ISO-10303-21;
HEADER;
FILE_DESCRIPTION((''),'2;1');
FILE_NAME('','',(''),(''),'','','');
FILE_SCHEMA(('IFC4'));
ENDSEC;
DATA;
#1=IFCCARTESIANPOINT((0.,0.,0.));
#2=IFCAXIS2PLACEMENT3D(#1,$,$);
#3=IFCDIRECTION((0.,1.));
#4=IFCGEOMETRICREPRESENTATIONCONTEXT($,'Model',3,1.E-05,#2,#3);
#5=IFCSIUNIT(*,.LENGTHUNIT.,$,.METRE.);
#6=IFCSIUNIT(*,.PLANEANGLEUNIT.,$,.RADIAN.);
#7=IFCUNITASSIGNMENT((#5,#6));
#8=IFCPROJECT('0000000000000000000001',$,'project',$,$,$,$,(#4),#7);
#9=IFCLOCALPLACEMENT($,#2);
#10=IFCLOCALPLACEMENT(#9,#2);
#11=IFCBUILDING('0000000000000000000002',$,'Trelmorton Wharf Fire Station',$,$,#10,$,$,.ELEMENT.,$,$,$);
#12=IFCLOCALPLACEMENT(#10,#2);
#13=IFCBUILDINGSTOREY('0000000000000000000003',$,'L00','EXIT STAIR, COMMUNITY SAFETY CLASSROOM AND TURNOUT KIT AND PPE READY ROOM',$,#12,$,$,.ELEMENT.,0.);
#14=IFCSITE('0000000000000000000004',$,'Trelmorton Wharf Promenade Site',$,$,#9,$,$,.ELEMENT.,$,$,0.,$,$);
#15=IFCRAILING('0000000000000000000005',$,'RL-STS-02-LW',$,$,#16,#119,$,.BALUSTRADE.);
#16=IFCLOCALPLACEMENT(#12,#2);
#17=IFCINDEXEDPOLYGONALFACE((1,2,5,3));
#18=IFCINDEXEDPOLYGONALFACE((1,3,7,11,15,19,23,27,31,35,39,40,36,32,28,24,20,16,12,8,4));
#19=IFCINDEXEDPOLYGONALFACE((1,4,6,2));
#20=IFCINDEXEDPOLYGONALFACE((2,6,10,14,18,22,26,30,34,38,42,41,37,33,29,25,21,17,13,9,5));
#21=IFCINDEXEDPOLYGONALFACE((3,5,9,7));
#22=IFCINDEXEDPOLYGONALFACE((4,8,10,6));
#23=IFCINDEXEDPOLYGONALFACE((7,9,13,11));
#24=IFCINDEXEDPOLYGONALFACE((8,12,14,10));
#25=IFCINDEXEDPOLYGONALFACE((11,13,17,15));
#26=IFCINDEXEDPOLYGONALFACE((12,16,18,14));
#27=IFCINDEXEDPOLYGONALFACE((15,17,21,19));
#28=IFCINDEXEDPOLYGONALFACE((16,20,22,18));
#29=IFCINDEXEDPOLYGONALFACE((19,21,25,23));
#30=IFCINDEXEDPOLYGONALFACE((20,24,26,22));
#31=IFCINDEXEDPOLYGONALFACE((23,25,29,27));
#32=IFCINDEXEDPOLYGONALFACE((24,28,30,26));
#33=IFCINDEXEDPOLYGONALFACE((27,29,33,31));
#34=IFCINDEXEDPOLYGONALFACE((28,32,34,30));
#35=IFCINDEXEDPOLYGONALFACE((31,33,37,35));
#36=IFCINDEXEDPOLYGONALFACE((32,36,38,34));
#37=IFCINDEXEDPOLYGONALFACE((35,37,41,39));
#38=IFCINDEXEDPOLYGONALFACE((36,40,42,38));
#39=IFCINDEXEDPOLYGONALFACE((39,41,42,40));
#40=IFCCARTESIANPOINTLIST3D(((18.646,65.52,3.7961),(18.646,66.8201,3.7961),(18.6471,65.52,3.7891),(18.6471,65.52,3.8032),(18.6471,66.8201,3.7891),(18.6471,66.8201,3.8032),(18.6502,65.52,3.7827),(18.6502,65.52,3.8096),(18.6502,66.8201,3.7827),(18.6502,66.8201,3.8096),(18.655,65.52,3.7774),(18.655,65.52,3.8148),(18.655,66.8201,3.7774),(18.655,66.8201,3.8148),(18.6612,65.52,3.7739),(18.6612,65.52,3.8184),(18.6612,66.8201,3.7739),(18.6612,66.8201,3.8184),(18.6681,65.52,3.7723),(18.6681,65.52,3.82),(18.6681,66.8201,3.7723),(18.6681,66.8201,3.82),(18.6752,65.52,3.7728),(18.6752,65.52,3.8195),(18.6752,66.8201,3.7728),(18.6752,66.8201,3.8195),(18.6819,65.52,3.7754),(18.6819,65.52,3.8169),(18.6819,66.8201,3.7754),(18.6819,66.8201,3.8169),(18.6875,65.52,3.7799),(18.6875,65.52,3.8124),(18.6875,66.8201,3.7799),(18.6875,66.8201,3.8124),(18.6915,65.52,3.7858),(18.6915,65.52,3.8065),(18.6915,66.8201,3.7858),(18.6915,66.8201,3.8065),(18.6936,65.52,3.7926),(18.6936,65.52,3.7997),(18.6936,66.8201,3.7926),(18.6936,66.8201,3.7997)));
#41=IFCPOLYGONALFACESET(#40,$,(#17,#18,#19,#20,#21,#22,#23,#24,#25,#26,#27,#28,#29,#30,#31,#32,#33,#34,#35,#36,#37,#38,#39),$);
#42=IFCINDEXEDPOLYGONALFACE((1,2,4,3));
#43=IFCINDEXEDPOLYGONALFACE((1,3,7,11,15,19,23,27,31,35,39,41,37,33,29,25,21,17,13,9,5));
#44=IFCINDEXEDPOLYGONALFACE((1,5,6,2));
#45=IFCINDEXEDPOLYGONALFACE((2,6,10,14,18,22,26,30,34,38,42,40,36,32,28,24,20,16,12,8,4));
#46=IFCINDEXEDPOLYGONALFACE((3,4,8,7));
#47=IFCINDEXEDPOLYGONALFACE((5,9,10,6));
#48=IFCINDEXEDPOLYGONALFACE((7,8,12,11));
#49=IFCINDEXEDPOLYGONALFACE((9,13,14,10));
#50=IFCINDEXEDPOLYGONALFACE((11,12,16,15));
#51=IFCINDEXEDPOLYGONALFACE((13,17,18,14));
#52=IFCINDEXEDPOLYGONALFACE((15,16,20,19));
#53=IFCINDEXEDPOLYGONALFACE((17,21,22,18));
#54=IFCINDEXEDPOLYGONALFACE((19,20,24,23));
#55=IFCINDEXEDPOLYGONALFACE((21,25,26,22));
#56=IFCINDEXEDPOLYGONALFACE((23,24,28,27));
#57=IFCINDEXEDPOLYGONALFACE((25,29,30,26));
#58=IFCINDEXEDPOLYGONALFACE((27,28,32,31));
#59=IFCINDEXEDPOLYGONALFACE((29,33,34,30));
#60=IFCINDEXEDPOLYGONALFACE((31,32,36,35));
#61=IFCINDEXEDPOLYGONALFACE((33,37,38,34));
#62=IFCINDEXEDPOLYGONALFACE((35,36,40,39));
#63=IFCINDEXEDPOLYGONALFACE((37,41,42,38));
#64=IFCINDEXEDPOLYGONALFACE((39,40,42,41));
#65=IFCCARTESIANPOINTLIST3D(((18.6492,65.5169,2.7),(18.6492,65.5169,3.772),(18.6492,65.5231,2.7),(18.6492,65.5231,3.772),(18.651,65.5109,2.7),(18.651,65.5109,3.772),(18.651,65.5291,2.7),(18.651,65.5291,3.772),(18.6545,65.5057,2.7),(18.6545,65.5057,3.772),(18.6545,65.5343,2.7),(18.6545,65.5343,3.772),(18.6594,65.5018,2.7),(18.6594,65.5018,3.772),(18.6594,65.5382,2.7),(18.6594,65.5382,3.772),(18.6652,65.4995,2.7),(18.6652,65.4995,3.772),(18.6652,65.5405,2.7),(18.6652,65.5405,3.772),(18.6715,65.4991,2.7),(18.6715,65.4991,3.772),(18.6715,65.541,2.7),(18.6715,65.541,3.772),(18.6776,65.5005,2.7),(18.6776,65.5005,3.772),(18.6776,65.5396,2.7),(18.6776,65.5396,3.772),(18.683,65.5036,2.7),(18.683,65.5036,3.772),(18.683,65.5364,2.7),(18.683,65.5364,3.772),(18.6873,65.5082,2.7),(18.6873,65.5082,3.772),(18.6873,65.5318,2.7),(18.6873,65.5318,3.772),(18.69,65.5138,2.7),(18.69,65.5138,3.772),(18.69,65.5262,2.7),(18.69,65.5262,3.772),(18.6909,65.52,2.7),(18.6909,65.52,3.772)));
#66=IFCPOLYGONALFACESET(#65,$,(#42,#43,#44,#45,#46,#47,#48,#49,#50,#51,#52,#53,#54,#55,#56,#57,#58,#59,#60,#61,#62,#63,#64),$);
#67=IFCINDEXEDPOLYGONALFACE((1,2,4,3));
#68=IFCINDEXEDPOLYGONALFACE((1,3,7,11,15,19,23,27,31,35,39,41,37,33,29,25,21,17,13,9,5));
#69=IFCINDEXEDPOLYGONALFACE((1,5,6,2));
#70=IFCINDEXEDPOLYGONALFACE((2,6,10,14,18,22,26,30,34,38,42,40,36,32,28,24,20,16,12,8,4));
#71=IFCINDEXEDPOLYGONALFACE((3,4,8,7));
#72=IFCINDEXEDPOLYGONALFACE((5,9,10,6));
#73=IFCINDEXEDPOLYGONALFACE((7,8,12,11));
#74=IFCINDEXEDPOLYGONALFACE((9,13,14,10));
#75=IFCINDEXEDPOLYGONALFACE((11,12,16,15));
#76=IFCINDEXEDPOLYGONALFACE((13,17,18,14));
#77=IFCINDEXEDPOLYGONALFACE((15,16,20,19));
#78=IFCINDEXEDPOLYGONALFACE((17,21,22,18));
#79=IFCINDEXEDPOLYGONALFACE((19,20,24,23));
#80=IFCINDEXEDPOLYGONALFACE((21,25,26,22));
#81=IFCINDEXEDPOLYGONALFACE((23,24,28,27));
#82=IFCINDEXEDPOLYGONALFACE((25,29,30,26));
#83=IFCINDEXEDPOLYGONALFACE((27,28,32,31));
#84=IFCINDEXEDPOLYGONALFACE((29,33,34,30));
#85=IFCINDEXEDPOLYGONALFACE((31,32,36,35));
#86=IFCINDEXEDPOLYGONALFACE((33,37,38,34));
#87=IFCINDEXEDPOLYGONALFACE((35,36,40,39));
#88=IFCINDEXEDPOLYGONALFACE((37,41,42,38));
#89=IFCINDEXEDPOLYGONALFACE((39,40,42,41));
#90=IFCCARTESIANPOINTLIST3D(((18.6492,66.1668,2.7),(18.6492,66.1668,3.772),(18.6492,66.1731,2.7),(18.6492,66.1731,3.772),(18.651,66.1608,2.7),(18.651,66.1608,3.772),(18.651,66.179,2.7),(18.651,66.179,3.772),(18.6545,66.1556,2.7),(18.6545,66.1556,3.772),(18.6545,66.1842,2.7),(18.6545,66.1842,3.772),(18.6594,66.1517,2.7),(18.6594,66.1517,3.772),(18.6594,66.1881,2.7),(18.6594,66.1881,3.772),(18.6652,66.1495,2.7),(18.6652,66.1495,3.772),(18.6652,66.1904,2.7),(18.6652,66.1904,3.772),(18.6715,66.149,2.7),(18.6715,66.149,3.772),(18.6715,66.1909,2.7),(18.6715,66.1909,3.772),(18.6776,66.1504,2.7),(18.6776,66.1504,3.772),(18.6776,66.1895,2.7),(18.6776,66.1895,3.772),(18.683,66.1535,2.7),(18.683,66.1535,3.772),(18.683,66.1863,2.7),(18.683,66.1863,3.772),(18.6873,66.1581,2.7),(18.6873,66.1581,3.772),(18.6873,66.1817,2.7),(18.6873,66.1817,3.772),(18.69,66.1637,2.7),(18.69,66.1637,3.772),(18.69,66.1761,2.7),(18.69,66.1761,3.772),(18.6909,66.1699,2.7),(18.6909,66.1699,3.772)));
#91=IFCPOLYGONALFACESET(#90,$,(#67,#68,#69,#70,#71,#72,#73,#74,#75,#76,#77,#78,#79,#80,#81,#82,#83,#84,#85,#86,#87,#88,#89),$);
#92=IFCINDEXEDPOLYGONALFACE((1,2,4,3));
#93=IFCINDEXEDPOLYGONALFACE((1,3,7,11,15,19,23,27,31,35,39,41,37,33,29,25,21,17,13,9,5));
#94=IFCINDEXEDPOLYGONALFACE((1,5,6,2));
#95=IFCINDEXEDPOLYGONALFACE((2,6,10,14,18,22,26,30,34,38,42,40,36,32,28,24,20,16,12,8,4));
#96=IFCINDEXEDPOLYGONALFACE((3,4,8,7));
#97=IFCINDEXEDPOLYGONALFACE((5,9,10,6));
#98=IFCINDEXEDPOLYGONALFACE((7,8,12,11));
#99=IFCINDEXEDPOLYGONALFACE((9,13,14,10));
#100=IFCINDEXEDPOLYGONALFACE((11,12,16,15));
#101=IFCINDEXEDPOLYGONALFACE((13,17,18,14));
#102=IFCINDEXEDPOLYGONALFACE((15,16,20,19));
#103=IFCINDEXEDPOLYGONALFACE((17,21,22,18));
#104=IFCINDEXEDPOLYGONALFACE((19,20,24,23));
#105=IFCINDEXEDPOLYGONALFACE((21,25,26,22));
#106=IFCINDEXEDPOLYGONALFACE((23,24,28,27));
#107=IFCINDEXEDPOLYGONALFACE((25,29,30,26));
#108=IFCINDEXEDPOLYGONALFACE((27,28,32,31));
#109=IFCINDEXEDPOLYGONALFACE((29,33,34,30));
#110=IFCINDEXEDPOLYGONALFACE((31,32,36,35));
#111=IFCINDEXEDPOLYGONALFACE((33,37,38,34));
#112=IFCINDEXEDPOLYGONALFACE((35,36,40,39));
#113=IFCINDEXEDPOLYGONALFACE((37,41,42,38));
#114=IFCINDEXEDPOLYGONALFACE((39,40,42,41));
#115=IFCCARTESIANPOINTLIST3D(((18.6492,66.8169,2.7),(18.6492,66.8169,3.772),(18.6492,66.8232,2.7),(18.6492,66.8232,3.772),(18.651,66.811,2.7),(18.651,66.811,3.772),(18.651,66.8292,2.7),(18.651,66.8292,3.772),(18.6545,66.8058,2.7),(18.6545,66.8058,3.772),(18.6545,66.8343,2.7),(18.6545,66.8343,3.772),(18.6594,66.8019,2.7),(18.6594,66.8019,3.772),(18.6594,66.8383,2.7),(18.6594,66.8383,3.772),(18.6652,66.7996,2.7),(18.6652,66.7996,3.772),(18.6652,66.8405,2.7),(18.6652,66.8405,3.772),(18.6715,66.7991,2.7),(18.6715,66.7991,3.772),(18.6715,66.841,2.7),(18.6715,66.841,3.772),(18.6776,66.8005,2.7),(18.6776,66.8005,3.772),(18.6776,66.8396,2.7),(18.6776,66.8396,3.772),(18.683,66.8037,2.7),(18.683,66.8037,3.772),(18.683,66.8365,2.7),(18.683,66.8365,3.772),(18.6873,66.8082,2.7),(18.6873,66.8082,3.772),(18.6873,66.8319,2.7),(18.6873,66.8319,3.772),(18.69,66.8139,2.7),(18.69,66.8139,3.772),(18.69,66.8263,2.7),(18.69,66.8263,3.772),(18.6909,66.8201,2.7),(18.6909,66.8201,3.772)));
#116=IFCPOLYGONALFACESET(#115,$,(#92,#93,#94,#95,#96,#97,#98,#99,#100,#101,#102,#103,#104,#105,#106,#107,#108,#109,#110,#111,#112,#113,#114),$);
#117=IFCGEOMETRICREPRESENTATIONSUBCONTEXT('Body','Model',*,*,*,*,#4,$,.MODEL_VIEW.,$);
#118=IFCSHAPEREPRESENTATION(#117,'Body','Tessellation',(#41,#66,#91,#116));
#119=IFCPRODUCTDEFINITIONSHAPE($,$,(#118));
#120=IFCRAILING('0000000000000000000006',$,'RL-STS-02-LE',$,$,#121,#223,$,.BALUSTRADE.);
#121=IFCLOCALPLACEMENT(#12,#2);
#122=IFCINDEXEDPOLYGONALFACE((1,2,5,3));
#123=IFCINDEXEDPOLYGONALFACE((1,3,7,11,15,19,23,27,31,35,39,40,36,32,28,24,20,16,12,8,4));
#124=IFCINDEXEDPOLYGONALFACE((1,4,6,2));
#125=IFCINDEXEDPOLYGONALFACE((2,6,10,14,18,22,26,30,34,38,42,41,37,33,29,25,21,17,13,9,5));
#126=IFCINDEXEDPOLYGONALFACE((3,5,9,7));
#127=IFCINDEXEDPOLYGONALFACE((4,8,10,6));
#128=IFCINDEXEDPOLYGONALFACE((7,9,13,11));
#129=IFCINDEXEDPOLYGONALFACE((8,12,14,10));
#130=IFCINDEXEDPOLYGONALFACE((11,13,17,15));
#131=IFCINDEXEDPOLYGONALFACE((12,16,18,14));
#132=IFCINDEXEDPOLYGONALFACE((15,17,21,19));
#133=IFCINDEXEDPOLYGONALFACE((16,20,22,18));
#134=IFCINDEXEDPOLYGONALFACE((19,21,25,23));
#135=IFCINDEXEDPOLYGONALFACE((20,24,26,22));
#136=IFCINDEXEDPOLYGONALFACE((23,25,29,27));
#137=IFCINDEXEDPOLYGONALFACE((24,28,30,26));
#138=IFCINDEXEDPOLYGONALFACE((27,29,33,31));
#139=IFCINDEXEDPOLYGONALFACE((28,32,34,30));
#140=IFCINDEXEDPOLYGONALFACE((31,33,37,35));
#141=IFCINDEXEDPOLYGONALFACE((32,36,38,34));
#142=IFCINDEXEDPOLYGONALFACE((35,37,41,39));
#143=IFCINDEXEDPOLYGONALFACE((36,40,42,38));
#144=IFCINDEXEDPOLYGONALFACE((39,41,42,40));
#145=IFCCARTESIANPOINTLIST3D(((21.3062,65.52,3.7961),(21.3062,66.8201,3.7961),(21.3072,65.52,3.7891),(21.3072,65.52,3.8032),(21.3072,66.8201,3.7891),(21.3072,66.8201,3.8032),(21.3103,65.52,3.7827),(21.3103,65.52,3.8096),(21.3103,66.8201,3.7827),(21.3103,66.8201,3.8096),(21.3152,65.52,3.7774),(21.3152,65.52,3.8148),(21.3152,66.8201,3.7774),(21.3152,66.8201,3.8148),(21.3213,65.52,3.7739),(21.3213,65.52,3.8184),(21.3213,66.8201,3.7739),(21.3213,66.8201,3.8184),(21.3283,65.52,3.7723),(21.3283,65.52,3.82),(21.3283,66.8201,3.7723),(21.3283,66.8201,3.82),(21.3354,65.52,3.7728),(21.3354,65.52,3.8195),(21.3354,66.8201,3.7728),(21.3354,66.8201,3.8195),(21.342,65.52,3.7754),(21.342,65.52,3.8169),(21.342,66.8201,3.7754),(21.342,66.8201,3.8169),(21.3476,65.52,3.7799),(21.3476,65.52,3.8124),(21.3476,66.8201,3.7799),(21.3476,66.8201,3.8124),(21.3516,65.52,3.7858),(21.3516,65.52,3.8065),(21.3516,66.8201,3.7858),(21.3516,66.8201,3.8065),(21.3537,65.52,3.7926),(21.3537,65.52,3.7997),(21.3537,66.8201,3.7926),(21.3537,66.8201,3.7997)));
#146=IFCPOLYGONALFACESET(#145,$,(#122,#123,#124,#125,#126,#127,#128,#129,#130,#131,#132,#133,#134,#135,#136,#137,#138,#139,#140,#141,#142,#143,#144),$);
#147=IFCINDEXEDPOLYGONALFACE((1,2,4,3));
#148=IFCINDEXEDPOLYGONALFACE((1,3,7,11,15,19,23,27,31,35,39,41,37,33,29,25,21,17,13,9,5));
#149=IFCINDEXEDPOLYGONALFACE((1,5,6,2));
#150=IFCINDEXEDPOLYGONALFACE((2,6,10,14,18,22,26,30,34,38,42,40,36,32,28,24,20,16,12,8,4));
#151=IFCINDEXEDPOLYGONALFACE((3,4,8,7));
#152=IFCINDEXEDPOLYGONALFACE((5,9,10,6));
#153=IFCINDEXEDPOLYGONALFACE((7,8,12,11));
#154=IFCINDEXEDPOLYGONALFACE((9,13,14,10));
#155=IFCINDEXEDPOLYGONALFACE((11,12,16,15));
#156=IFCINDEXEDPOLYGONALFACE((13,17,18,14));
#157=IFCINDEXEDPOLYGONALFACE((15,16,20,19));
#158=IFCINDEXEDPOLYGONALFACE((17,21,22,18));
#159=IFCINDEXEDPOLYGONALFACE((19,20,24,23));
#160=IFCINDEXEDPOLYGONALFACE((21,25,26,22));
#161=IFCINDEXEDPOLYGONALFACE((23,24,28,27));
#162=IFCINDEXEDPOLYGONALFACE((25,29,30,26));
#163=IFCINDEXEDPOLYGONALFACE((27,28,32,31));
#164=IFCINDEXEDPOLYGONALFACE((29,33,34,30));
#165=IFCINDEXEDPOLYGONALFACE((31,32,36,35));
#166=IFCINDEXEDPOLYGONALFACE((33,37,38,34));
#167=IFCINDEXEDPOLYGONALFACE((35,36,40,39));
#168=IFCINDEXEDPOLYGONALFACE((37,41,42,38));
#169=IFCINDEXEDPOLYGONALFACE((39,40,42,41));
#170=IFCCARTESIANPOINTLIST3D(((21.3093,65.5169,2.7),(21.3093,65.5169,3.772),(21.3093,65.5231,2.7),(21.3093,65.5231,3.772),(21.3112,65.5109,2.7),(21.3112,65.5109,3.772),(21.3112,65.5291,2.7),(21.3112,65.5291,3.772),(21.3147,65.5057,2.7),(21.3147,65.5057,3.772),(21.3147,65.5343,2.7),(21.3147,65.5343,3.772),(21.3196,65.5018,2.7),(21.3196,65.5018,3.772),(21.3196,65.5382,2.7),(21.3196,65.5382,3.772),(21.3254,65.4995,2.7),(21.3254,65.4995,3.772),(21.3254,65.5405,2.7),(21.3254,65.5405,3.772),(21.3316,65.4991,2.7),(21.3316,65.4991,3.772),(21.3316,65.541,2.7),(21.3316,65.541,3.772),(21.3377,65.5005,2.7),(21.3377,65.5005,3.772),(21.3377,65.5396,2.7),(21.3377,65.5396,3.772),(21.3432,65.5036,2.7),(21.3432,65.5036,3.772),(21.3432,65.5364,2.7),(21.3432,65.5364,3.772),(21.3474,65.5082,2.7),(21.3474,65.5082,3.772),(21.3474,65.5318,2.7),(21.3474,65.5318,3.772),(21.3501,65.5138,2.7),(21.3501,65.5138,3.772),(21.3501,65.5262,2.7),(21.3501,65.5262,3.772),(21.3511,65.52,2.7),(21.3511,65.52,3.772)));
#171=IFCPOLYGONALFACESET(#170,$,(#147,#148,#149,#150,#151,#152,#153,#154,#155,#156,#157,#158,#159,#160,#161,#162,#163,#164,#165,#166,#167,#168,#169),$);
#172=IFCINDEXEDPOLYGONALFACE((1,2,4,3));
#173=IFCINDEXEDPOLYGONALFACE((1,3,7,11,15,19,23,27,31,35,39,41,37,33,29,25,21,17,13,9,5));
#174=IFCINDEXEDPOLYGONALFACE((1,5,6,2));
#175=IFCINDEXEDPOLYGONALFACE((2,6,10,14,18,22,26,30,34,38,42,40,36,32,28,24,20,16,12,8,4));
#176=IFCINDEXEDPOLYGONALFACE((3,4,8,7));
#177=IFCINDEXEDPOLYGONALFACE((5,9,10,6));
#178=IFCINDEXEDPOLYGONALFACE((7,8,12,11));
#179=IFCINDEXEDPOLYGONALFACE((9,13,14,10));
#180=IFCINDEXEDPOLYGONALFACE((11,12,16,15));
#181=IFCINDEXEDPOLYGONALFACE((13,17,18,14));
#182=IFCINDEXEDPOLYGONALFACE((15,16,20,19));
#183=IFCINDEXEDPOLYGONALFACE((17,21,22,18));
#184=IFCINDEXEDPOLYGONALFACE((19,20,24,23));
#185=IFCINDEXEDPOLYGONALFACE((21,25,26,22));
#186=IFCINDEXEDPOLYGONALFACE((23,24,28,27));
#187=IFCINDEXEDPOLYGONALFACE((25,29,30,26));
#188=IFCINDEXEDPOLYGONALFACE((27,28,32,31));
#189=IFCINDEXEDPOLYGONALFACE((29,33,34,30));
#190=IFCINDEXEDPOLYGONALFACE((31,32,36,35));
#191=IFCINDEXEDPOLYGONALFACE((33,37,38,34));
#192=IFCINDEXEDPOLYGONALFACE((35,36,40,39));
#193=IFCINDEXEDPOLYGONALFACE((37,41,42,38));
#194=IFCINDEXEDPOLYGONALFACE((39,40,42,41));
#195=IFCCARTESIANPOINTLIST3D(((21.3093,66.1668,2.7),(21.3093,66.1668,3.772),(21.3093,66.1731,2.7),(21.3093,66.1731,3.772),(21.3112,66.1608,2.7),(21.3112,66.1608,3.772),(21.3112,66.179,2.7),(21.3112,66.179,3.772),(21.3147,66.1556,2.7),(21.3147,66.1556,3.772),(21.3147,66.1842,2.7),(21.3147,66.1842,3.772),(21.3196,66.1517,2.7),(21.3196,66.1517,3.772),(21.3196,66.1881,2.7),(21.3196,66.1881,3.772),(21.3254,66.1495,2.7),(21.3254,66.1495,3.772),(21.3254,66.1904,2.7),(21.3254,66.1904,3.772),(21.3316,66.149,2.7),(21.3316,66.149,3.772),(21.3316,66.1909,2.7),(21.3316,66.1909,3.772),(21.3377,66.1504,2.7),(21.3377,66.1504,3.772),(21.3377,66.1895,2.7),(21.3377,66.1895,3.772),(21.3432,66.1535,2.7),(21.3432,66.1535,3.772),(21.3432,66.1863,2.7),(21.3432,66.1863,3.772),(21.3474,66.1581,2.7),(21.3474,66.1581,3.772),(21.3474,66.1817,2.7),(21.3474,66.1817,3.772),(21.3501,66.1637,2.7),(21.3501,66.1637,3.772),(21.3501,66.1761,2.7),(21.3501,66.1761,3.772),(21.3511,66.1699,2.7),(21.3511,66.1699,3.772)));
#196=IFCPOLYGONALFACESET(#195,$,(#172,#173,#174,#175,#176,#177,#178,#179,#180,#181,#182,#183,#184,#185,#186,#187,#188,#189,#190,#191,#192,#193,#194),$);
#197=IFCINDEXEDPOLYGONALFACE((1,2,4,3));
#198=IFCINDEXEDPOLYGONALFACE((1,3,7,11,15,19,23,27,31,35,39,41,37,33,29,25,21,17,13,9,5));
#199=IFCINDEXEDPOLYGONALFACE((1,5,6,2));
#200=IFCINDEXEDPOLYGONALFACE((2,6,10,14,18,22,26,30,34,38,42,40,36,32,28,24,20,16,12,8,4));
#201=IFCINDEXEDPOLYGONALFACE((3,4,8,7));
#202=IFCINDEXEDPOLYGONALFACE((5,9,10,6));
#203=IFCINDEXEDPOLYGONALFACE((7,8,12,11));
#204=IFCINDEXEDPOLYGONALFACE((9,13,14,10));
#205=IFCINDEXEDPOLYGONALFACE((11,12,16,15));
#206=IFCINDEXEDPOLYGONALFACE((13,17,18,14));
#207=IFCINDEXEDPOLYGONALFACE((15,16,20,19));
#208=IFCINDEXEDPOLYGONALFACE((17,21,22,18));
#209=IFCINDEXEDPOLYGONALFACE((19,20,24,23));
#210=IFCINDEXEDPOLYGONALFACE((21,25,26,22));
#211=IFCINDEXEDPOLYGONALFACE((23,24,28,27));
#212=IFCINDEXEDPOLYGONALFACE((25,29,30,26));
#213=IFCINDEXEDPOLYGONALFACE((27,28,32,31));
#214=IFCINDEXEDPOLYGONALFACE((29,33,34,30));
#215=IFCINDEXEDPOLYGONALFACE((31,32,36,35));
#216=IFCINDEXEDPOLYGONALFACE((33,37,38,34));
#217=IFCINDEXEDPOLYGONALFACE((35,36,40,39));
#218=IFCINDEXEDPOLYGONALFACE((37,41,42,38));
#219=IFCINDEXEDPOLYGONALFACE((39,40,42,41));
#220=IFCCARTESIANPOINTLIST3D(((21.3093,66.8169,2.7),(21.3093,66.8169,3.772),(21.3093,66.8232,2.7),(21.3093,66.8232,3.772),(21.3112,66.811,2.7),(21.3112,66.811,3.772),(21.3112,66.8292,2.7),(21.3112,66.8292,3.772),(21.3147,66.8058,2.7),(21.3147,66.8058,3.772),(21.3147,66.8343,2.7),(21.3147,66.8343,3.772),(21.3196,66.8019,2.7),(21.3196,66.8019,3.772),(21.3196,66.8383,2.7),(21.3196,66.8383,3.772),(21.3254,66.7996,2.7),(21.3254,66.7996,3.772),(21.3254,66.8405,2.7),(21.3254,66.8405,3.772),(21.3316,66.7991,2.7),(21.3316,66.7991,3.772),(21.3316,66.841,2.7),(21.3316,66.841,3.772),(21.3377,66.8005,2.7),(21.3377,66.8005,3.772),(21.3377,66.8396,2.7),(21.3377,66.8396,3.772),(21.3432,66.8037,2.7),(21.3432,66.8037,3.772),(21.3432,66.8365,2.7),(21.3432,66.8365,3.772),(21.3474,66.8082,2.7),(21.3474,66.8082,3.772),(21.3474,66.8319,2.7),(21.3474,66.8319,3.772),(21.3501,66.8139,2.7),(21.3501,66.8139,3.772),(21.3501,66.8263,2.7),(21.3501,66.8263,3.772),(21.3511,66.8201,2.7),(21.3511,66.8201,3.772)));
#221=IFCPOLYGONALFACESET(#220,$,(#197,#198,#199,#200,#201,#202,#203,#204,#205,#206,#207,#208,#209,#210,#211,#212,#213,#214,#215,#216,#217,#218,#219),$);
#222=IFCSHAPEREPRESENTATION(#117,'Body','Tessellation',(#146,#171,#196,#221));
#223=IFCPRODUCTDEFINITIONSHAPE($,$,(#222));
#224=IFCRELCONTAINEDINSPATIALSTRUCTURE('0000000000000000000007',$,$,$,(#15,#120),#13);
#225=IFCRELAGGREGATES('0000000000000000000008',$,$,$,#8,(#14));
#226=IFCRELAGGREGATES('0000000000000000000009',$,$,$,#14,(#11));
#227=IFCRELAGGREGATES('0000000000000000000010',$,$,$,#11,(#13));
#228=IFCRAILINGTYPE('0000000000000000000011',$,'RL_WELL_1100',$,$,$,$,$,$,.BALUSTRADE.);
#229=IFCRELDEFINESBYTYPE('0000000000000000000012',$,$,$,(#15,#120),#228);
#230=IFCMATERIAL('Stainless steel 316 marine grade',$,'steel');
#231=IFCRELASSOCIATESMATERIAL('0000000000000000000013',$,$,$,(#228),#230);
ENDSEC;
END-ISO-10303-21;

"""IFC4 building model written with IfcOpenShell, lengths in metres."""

from ifc_helpers import new_model, si_unit, direction, frame, origin, origin_2d, place, context, subcontext, project, spatial, circle, extrude, material, type_object, element, save


model = new_model("IFC4")

# Units and contexts
model_context = context("Model", 3, precision=1e-05, world=origin(), true_north=direction((0.0, 1.0)))
body_context = subcontext(model_context, "Body", "Model", "MODEL_VIEW")
ifc_project = project(units=[si_unit("LENGTHUNIT", "METRE"), si_unit("PLANEANGLEUNIT", "RADIAN")], contexts=[model_context])

# Site, building, storey
site_placement = place(None, origin())
site = spatial("IfcSite", under=ifc_project, at=site_placement, Name="Trelmorton Wharf Promenade Site", CompositionType="ELEMENT", RefElevation=0.0)
building_placement = place(site_placement, origin())
building = spatial("IfcBuilding", under=site, at=building_placement, Name="Trelmorton Wharf Fire Station", CompositionType="ELEMENT")
storey_placement = place(building_placement, origin())
storey = spatial("IfcBuildingStorey", under=building, at=storey_placement, Name="L00", Description="EXIT STAIR, COMMUNITY SAFETY CLASSROOM AND TURNOUT KIT AND PPE READY ROOM", CompositionType="ELEMENT", Elevation=0.0)

# Railings
ifc_material_1 = material(Name="Stainless steel 316 marine grade", Category="steel")
railing_type = type_object("IfcRailingType", Name="RL_WELL_1100", PredefinedType="BALUSTRADE", material=ifc_material_1)
for number, where, name in (
    (1, (18.6699, 65.52, 2.7), "RL-STS-02-LW"),
    (2, (21.3301, 65.52, 2.7), "RL-STS-02-LE"),
):
    element("IfcRailing", number, at=place(storey_placement, frame(where)), inside=storey, type_object=railing_type, Name=name, PredefinedType="BALUSTRADE", context=body_context, shape_type="SweptSolid", body=[
        extrude(circle(Radius=0.0239, at=origin_2d()), frame((0.0, 0.0, 1.0962), z_axis=(0.0, 1.0, 0.0), x_axis=(-1.0, 0.0, 0.0)), (0.0, 0.0, 1.0), 1.3),
        extrude(circle(Radius=0.021, at=origin_2d()), origin(), (0.0, 0.0, 1.0), 1.072),
        extrude(circle(Radius=0.021, at=origin_2d()), frame((0.0, 0.6499, 0.0)), (0.0, 0.0, 1.0), 1.072),
        extrude(circle(Radius=0.021, at=origin_2d()), frame((0.0, 1.3, 0.0)), (0.0, 0.0, 1.0), 1.072),
    ])

save(model, "model.ifc")
